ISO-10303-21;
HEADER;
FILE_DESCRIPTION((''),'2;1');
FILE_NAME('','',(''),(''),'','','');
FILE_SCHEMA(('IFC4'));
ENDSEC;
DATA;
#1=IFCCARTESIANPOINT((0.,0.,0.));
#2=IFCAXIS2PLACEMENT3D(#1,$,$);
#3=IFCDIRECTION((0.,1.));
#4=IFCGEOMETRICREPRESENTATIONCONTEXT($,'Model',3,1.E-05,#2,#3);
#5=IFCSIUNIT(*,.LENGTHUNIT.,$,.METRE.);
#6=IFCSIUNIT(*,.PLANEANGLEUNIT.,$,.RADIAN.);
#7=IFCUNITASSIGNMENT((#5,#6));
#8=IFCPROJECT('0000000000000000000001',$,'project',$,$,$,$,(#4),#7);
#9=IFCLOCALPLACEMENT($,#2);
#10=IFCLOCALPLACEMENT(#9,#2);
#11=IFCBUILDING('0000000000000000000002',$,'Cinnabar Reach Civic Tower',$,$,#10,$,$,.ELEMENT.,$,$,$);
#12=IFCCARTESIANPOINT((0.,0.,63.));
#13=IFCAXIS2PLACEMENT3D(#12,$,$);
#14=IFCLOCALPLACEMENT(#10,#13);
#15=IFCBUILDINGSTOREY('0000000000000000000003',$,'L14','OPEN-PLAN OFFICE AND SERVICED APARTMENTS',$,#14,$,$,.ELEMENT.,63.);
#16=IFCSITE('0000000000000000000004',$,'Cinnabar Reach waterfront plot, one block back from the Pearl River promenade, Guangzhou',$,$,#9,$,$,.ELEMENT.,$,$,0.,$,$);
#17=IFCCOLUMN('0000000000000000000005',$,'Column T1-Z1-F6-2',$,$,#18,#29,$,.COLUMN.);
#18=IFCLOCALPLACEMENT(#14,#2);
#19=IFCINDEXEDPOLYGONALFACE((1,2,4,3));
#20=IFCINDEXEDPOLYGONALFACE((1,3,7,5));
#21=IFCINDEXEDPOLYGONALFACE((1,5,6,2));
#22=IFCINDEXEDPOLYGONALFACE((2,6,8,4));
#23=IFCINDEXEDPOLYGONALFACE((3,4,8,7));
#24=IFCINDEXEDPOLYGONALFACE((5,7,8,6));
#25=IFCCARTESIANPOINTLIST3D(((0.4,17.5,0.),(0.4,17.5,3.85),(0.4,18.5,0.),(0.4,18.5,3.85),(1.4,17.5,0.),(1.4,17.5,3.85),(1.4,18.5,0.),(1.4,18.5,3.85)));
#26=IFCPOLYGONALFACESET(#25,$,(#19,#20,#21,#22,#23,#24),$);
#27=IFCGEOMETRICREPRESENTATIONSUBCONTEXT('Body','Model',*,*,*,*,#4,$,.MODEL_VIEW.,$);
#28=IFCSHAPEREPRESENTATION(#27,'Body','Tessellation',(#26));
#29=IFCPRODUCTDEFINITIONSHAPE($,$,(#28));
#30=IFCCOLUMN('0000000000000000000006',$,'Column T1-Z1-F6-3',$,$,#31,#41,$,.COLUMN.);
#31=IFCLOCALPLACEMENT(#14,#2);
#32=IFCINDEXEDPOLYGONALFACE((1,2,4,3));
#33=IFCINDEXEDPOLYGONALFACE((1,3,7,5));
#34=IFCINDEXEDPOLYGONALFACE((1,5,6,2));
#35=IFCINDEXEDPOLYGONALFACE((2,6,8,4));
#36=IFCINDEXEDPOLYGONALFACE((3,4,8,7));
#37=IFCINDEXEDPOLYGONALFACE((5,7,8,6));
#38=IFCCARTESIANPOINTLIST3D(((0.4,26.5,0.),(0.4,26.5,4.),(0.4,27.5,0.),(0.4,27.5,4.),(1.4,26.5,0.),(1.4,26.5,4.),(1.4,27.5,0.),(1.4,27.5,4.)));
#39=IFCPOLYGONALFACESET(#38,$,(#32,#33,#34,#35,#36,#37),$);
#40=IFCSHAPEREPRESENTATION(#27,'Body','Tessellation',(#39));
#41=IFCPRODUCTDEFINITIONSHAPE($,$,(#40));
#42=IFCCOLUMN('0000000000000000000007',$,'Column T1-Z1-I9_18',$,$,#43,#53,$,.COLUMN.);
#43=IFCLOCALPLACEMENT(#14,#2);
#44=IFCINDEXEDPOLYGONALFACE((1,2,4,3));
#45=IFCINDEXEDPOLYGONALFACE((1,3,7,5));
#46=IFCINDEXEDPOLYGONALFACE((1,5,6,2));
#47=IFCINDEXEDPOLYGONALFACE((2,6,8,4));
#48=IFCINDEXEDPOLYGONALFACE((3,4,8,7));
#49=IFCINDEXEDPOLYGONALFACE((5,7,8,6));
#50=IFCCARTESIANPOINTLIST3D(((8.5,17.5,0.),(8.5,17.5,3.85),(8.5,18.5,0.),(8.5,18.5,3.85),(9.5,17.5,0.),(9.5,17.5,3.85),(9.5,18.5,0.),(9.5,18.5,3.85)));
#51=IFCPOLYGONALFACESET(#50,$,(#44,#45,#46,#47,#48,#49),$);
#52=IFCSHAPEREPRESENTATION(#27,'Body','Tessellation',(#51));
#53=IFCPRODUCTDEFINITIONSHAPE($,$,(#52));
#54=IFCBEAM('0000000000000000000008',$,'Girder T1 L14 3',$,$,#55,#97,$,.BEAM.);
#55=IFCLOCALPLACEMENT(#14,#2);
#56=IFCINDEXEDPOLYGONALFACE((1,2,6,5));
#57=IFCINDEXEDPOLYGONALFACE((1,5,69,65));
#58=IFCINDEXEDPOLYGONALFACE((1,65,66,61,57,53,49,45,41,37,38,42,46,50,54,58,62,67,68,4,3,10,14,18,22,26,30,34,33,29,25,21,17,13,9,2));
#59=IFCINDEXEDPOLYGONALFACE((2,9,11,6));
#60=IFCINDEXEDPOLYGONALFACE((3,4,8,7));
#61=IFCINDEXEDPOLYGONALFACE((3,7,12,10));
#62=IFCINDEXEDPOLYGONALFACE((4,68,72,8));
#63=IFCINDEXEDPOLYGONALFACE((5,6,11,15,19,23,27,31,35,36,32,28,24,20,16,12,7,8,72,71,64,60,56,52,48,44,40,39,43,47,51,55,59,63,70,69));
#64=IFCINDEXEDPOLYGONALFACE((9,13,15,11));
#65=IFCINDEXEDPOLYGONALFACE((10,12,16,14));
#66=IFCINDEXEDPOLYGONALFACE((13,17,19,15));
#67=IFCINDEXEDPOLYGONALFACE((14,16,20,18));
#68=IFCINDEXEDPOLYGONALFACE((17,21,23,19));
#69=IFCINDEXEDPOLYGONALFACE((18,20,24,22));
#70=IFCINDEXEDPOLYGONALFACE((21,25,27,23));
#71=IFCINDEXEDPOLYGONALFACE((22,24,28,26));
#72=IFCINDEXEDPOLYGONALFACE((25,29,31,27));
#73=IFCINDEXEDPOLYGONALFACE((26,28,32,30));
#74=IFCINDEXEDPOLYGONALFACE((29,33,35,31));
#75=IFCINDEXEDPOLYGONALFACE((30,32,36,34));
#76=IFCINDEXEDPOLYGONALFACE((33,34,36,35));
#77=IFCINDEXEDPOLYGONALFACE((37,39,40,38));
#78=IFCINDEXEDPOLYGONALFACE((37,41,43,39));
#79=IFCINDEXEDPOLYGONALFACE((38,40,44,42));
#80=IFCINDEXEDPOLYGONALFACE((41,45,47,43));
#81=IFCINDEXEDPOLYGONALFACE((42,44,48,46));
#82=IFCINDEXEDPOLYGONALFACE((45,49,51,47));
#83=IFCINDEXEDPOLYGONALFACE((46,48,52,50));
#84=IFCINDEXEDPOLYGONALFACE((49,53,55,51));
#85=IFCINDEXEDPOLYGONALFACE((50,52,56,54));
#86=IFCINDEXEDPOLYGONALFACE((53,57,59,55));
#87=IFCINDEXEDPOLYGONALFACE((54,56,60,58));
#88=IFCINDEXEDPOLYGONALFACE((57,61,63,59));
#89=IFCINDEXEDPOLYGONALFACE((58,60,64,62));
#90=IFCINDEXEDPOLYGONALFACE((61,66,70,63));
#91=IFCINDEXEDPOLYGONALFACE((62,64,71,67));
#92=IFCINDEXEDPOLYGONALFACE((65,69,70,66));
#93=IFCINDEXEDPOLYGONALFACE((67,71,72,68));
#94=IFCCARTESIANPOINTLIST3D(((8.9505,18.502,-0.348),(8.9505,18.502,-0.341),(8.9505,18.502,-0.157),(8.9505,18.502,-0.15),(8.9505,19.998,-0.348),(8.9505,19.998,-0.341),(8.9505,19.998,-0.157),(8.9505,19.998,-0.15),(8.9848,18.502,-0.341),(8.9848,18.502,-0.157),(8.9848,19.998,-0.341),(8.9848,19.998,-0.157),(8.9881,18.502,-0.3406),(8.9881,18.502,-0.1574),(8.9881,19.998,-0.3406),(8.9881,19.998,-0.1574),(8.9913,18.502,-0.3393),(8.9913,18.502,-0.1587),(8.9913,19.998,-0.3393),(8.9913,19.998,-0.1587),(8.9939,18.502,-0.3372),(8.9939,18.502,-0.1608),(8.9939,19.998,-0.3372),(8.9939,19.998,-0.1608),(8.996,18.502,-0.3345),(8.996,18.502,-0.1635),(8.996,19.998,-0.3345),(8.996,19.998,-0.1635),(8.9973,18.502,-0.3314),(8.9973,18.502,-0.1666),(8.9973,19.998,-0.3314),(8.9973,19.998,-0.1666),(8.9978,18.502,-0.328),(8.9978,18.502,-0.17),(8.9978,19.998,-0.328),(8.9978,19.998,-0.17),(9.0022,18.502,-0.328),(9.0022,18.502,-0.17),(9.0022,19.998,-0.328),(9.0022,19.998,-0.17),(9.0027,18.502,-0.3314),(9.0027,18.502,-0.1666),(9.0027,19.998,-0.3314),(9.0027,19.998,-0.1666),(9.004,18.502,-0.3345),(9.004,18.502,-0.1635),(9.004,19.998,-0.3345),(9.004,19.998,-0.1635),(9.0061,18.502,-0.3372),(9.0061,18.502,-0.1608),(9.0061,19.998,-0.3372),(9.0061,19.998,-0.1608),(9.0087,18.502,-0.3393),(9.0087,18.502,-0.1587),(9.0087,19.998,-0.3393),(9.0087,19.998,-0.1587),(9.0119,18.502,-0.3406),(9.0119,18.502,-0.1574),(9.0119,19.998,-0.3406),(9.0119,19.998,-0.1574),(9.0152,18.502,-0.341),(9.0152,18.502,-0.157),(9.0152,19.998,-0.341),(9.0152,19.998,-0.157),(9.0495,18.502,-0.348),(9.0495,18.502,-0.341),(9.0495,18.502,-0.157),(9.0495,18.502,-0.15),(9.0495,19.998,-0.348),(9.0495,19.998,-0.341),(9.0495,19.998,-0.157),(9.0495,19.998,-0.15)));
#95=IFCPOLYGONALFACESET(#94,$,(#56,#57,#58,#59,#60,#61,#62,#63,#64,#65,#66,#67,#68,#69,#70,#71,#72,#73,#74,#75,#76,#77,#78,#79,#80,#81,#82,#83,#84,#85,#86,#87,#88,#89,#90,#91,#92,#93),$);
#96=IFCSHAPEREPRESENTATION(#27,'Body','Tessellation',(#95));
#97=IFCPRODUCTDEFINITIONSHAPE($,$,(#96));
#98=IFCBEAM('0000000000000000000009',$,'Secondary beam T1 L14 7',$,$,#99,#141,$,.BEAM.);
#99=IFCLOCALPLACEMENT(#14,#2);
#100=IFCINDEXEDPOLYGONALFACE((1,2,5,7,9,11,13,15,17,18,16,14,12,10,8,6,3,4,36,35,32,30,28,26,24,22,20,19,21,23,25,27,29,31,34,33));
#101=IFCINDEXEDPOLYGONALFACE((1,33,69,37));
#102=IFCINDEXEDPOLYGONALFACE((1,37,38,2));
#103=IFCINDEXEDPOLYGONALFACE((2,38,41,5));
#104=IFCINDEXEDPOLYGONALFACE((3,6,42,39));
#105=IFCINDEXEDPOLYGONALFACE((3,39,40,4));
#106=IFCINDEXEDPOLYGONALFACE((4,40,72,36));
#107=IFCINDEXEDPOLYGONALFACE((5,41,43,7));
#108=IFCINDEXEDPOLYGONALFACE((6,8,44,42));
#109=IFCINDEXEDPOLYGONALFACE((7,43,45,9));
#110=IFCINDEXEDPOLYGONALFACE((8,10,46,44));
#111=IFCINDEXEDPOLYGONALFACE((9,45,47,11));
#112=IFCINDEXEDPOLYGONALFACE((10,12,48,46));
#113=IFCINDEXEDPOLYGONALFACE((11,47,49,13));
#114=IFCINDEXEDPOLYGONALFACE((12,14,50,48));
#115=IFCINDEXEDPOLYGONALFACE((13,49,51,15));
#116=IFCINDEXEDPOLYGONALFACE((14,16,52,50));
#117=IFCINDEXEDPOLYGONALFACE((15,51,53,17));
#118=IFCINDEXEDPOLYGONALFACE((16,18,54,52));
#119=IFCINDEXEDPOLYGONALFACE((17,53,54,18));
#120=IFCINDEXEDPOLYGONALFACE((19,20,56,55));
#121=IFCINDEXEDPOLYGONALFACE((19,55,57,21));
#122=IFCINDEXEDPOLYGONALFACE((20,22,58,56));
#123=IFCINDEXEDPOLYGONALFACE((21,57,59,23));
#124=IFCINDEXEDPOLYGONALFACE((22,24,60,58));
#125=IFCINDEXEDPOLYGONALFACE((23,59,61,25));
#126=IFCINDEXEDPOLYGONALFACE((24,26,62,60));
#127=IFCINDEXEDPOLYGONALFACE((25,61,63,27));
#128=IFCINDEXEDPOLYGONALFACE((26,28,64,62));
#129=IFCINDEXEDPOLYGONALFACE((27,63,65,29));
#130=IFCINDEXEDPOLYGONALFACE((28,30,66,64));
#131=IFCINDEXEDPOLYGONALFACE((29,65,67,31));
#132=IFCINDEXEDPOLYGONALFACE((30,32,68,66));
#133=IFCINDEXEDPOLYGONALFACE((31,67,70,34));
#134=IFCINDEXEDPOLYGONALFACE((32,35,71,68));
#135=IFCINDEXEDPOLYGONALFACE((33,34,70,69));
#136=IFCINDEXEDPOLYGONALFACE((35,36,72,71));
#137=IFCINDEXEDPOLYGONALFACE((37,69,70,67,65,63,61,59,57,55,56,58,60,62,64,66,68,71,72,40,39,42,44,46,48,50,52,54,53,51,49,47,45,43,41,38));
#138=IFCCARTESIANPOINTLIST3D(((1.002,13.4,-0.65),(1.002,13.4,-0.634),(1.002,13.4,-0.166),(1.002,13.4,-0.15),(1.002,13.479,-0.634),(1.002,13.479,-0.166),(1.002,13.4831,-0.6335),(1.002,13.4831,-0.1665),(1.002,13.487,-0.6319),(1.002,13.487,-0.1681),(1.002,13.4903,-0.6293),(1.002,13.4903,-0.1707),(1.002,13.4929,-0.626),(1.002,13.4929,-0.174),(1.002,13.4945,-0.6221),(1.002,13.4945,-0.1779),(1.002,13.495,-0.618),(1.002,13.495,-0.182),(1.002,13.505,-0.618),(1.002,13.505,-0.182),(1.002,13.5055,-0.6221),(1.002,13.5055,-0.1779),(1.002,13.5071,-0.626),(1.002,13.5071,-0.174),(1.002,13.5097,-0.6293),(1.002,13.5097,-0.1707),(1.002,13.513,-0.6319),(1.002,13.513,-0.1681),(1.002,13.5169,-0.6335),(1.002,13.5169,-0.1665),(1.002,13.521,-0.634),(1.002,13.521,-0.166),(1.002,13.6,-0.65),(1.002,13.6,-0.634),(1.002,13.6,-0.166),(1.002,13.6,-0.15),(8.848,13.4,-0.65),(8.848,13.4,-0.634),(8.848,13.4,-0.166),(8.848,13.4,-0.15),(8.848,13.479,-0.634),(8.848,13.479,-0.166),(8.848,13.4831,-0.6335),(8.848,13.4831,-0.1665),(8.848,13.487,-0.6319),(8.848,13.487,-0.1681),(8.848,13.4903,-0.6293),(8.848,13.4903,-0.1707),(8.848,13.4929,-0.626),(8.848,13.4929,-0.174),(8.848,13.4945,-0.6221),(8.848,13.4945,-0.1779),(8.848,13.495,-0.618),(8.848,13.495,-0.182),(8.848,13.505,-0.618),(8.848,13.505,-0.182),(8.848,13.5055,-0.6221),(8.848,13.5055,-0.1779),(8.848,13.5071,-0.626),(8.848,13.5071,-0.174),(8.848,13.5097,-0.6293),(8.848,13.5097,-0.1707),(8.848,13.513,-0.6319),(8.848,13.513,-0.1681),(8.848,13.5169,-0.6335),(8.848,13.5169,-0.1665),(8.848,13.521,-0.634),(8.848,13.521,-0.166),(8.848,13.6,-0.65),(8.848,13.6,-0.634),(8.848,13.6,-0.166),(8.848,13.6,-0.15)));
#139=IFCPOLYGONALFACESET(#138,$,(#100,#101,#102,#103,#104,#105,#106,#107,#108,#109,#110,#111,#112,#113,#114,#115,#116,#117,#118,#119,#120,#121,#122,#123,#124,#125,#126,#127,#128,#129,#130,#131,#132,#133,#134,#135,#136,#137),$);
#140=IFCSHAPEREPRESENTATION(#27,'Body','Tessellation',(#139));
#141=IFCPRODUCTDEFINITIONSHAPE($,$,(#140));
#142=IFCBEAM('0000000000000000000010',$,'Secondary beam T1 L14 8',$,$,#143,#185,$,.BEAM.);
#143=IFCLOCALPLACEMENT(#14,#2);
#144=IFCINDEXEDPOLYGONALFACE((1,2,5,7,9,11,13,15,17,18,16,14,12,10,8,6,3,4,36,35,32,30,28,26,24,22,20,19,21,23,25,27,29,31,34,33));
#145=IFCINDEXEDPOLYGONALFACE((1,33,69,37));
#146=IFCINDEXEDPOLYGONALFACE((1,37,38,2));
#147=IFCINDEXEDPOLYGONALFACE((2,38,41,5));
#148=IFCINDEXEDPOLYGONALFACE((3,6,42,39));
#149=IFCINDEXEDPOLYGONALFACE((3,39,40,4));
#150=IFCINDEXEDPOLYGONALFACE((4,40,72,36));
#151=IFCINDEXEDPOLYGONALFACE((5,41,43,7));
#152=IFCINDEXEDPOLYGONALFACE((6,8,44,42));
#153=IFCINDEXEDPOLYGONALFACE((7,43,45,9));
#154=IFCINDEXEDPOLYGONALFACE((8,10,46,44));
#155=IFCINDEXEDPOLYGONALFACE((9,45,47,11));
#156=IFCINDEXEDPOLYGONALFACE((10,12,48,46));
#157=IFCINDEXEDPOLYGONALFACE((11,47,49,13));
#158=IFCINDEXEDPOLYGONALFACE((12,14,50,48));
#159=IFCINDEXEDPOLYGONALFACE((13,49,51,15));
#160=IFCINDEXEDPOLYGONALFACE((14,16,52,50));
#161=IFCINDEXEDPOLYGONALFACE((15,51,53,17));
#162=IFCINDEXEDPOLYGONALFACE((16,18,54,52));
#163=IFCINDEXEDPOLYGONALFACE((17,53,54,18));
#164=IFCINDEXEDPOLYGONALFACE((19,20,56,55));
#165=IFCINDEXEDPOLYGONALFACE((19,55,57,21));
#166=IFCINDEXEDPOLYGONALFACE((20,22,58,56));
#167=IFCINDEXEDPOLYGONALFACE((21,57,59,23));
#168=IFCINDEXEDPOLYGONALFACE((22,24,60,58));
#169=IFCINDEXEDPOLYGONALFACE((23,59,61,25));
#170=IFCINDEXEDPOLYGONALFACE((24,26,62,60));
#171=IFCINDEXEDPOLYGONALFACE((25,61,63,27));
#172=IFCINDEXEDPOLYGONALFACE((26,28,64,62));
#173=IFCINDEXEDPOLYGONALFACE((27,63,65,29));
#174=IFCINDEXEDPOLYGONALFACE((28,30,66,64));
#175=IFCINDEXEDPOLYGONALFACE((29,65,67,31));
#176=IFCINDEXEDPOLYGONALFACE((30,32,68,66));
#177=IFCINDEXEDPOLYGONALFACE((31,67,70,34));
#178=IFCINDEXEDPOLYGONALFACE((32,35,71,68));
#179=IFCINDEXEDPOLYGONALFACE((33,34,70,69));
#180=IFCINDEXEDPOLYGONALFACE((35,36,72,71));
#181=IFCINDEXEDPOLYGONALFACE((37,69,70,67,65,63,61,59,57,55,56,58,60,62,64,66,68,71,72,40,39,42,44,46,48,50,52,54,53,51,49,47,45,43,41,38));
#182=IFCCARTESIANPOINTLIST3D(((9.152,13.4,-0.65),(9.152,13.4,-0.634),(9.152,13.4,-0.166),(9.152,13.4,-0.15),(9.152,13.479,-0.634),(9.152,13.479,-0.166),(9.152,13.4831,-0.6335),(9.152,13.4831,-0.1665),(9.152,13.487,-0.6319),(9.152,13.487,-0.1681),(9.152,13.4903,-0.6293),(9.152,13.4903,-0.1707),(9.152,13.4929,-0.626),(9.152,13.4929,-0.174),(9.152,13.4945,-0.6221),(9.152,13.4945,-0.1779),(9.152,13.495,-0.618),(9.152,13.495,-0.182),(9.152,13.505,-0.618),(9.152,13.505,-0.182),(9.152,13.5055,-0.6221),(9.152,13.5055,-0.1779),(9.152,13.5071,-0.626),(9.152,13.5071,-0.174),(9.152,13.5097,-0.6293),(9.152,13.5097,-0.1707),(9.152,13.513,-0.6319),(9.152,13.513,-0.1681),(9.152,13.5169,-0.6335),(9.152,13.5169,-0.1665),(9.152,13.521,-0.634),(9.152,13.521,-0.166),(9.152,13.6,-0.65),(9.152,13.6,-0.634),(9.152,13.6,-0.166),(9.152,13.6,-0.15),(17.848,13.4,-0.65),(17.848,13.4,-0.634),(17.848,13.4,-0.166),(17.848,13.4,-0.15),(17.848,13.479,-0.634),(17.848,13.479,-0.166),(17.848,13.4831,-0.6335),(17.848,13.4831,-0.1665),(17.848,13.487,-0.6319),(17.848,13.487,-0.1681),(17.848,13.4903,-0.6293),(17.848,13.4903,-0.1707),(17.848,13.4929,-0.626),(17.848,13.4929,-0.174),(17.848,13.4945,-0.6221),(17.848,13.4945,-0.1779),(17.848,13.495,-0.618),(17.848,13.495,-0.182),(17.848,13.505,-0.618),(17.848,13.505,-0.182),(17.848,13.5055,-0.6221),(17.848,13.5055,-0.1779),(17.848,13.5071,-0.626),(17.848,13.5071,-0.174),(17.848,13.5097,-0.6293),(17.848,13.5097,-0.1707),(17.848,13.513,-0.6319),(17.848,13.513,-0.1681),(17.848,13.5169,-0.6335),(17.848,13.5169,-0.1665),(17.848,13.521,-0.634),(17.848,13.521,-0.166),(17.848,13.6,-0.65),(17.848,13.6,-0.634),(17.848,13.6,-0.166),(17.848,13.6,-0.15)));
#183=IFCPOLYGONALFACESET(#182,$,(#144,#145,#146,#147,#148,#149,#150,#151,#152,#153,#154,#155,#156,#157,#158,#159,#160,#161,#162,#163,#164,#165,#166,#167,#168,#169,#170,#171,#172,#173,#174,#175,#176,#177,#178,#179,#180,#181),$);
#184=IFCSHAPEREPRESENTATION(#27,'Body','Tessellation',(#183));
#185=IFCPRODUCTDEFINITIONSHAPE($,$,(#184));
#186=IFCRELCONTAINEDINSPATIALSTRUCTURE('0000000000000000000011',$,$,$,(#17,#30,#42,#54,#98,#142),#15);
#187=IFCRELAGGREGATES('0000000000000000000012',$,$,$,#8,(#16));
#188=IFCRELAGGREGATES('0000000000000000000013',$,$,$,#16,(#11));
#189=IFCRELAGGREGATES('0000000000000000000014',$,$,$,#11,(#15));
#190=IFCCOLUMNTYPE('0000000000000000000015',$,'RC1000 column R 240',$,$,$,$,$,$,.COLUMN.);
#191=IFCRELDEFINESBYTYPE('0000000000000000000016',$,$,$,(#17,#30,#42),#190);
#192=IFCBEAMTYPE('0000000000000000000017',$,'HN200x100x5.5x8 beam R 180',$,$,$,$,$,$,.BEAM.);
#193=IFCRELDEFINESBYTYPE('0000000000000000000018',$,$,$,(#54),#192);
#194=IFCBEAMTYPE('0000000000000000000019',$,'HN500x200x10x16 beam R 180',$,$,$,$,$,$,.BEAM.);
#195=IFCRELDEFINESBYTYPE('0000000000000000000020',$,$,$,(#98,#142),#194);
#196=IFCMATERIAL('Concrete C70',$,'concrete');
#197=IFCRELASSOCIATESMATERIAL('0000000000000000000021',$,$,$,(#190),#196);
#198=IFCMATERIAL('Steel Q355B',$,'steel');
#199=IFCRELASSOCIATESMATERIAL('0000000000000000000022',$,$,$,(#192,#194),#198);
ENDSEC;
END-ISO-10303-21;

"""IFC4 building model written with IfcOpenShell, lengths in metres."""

from ifc_helpers import new_model, si_unit, direction, frame, origin, origin_2d, place, context, subcontext, project, spatial, rectangle, i_section, extrude, material, material_profile, profile_set, type_object, element, save


model = new_model("IFC4")

# Units and contexts
model_context = context("Model", 3, precision=1e-05, world=origin(), true_north=direction((0.0, 1.0)))
body_context = subcontext(model_context, "Body", "Model", "MODEL_VIEW")
ifc_project = project(units=[si_unit("LENGTHUNIT", "METRE"), si_unit("PLANEANGLEUNIT", "RADIAN")], contexts=[model_context])

# Site, building, storey
site_placement = place(None, origin())
site = spatial("IfcSite", under=ifc_project, at=site_placement, Name="Cinnabar Reach waterfront plot, one block back from the Pearl River promenade, Guangzhou", CompositionType="ELEMENT", RefElevation=0.0)
building_placement = place(site_placement, origin())
building = spatial("IfcBuilding", under=site, at=building_placement, Name="Cinnabar Reach Civic Tower", CompositionType="ELEMENT")
storey_placement = place(building_placement, frame((0.0, 0.0, 63.0)))
storey = spatial("IfcBuildingStorey", under=building, at=storey_placement, Name="L14", Description="OPEN-PLAN OFFICE AND SERVICED APARTMENTS", CompositionType="ELEMENT", Elevation=63.0)

# Columns
ifc_material_1 = material(Name="Concrete C70", Category="concrete")
ifc_material_profile_1 = material_profile(ifc_material_1, rectangle(XDim=1.0, YDim=1.0, at=origin_2d()), Name="RC1000")
ifc_profile_set_1 = profile_set([ifc_material_profile_1], Name="Concrete C70")
column_type = type_object("IfcColumnType", Name="RC1000 column R 240", PredefinedType="COLUMN", material=ifc_profile_set_1)
column_1_placement = place(storey_placement, frame((0.9, 18.0, 0.0), z_axis=(0.0, 0.0, 1.0), x_axis=(1.0, 0.0, 0.0)))
element("IfcColumn", 1, at=column_1_placement, inside=storey, type_object=column_type, Name="Column T1-Z1-F6-2", PredefinedType="COLUMN", context=body_context, shape_type="SweptSolid", body=[
    extrude(rectangle(XDim=1.0, YDim=1.0, at=origin_2d()), origin(), (0.0, 0.0, 1.0), 3.85),
])
column_2_placement = place(storey_placement, frame((0.9, 27.0, 0.0), z_axis=(0.0, 0.0, 1.0), x_axis=(1.0, 0.0, 0.0)))
element("IfcColumn", 2, at=column_2_placement, inside=storey, type_object=column_type, Name="Column T1-Z1-F6-3", PredefinedType="COLUMN", context=body_context, shape_type="SweptSolid", body=[
    extrude(rectangle(XDim=1.0, YDim=1.0, at=origin_2d()), origin(), (0.0, 0.0, 1.0), 4.0),
])
column_3_placement = place(storey_placement, frame((9.0, 18.0, 0.0), z_axis=(0.0, 0.0, 1.0), x_axis=(1.0, 0.0, 0.0)))
element("IfcColumn", 3, at=column_3_placement, inside=storey, type_object=column_type, Name="Column T1-Z1-I9_18", PredefinedType="COLUMN", context=body_context, shape_type="SweptSolid", body=[
    extrude(rectangle(XDim=1.0, YDim=1.0, at=origin_2d()), origin(), (0.0, 0.0, 1.0), 3.85),
])

# Beams
ifc_material_2 = material(Name="Steel Q355B", Category="steel")
ifc_material_profile_2 = material_profile(ifc_material_2, i_section(OverallWidth=0.099, OverallDepth=0.198, WebThickness=0.0045, FlangeThickness=0.007, FilletRadius=0.013, at=origin_2d()), Name="HN200x100x5.5x8")
ifc_profile_set_2 = profile_set([ifc_material_profile_2], Name="Steel Q355B")
beam_type_1 = type_object("IfcBeamType", Name="HN200x100x5.5x8 beam R 180", PredefinedType="BEAM", material=ifc_profile_set_2)
beam_1_placement = place(storey_placement, frame((9.0, 18.502, -0.249), z_axis=(0.0, 1.0, 0.0), x_axis=(-1.0, 0.0, 0.0)))
element("IfcBeam", 4, at=beam_1_placement, inside=storey, type_object=beam_type_1, Name="Girder T1 L14 3", PredefinedType="BEAM", context=body_context, shape_type="SweptSolid", body=[
    extrude(i_section(OverallWidth=0.099, OverallDepth=0.198, WebThickness=0.0045, FlangeThickness=0.007, FilletRadius=0.013, at=origin_2d()), origin(), (0.0, 0.0, 1.0), 1.496),
])
ifc_material_profile_3 = material_profile(ifc_material_2, i_section(OverallWidth=0.2, OverallDepth=0.5, WebThickness=0.01, FlangeThickness=0.016, FilletRadius=0.016, at=origin_2d()), Name="HN500x200x10x16")
ifc_profile_set_3 = profile_set([ifc_material_profile_3], Name="Steel Q355B")
beam_type_2 = type_object("IfcBeamType", Name="HN500x200x10x16 beam R 180", PredefinedType="BEAM", material=ifc_profile_set_3)
beam_2_placement = place(storey_placement, frame((1.002, 13.5, -0.4), z_axis=(1.0, 0.0, 0.0), x_axis=(0.0, 1.0, 0.0)))
element("IfcBeam", 5, at=beam_2_placement, inside=storey, type_object=beam_type_2, Name="Secondary beam T1 L14 7", PredefinedType="BEAM", context=body_context, shape_type="SweptSolid", body=[
    extrude(i_section(OverallWidth=0.2, OverallDepth=0.5, WebThickness=0.01, FlangeThickness=0.016, FilletRadius=0.016, at=origin_2d()), origin(), (0.0, 0.0, 1.0), 7.846),
])
beam_3_placement = place(storey_placement, frame((9.152, 13.5, -0.4), z_axis=(1.0, 0.0, 0.0), x_axis=(0.0, 1.0, 0.0)))
element("IfcBeam", 6, at=beam_3_placement, inside=storey, type_object=beam_type_2, Name="Secondary beam T1 L14 8", PredefinedType="BEAM", context=body_context, shape_type="SweptSolid", body=[
    extrude(i_section(OverallWidth=0.2, OverallDepth=0.5, WebThickness=0.01, FlangeThickness=0.016, FilletRadius=0.016, at=origin_2d()), origin(), (0.0, 0.0, 1.0), 8.696),
])

save(model, "model.ifc")
